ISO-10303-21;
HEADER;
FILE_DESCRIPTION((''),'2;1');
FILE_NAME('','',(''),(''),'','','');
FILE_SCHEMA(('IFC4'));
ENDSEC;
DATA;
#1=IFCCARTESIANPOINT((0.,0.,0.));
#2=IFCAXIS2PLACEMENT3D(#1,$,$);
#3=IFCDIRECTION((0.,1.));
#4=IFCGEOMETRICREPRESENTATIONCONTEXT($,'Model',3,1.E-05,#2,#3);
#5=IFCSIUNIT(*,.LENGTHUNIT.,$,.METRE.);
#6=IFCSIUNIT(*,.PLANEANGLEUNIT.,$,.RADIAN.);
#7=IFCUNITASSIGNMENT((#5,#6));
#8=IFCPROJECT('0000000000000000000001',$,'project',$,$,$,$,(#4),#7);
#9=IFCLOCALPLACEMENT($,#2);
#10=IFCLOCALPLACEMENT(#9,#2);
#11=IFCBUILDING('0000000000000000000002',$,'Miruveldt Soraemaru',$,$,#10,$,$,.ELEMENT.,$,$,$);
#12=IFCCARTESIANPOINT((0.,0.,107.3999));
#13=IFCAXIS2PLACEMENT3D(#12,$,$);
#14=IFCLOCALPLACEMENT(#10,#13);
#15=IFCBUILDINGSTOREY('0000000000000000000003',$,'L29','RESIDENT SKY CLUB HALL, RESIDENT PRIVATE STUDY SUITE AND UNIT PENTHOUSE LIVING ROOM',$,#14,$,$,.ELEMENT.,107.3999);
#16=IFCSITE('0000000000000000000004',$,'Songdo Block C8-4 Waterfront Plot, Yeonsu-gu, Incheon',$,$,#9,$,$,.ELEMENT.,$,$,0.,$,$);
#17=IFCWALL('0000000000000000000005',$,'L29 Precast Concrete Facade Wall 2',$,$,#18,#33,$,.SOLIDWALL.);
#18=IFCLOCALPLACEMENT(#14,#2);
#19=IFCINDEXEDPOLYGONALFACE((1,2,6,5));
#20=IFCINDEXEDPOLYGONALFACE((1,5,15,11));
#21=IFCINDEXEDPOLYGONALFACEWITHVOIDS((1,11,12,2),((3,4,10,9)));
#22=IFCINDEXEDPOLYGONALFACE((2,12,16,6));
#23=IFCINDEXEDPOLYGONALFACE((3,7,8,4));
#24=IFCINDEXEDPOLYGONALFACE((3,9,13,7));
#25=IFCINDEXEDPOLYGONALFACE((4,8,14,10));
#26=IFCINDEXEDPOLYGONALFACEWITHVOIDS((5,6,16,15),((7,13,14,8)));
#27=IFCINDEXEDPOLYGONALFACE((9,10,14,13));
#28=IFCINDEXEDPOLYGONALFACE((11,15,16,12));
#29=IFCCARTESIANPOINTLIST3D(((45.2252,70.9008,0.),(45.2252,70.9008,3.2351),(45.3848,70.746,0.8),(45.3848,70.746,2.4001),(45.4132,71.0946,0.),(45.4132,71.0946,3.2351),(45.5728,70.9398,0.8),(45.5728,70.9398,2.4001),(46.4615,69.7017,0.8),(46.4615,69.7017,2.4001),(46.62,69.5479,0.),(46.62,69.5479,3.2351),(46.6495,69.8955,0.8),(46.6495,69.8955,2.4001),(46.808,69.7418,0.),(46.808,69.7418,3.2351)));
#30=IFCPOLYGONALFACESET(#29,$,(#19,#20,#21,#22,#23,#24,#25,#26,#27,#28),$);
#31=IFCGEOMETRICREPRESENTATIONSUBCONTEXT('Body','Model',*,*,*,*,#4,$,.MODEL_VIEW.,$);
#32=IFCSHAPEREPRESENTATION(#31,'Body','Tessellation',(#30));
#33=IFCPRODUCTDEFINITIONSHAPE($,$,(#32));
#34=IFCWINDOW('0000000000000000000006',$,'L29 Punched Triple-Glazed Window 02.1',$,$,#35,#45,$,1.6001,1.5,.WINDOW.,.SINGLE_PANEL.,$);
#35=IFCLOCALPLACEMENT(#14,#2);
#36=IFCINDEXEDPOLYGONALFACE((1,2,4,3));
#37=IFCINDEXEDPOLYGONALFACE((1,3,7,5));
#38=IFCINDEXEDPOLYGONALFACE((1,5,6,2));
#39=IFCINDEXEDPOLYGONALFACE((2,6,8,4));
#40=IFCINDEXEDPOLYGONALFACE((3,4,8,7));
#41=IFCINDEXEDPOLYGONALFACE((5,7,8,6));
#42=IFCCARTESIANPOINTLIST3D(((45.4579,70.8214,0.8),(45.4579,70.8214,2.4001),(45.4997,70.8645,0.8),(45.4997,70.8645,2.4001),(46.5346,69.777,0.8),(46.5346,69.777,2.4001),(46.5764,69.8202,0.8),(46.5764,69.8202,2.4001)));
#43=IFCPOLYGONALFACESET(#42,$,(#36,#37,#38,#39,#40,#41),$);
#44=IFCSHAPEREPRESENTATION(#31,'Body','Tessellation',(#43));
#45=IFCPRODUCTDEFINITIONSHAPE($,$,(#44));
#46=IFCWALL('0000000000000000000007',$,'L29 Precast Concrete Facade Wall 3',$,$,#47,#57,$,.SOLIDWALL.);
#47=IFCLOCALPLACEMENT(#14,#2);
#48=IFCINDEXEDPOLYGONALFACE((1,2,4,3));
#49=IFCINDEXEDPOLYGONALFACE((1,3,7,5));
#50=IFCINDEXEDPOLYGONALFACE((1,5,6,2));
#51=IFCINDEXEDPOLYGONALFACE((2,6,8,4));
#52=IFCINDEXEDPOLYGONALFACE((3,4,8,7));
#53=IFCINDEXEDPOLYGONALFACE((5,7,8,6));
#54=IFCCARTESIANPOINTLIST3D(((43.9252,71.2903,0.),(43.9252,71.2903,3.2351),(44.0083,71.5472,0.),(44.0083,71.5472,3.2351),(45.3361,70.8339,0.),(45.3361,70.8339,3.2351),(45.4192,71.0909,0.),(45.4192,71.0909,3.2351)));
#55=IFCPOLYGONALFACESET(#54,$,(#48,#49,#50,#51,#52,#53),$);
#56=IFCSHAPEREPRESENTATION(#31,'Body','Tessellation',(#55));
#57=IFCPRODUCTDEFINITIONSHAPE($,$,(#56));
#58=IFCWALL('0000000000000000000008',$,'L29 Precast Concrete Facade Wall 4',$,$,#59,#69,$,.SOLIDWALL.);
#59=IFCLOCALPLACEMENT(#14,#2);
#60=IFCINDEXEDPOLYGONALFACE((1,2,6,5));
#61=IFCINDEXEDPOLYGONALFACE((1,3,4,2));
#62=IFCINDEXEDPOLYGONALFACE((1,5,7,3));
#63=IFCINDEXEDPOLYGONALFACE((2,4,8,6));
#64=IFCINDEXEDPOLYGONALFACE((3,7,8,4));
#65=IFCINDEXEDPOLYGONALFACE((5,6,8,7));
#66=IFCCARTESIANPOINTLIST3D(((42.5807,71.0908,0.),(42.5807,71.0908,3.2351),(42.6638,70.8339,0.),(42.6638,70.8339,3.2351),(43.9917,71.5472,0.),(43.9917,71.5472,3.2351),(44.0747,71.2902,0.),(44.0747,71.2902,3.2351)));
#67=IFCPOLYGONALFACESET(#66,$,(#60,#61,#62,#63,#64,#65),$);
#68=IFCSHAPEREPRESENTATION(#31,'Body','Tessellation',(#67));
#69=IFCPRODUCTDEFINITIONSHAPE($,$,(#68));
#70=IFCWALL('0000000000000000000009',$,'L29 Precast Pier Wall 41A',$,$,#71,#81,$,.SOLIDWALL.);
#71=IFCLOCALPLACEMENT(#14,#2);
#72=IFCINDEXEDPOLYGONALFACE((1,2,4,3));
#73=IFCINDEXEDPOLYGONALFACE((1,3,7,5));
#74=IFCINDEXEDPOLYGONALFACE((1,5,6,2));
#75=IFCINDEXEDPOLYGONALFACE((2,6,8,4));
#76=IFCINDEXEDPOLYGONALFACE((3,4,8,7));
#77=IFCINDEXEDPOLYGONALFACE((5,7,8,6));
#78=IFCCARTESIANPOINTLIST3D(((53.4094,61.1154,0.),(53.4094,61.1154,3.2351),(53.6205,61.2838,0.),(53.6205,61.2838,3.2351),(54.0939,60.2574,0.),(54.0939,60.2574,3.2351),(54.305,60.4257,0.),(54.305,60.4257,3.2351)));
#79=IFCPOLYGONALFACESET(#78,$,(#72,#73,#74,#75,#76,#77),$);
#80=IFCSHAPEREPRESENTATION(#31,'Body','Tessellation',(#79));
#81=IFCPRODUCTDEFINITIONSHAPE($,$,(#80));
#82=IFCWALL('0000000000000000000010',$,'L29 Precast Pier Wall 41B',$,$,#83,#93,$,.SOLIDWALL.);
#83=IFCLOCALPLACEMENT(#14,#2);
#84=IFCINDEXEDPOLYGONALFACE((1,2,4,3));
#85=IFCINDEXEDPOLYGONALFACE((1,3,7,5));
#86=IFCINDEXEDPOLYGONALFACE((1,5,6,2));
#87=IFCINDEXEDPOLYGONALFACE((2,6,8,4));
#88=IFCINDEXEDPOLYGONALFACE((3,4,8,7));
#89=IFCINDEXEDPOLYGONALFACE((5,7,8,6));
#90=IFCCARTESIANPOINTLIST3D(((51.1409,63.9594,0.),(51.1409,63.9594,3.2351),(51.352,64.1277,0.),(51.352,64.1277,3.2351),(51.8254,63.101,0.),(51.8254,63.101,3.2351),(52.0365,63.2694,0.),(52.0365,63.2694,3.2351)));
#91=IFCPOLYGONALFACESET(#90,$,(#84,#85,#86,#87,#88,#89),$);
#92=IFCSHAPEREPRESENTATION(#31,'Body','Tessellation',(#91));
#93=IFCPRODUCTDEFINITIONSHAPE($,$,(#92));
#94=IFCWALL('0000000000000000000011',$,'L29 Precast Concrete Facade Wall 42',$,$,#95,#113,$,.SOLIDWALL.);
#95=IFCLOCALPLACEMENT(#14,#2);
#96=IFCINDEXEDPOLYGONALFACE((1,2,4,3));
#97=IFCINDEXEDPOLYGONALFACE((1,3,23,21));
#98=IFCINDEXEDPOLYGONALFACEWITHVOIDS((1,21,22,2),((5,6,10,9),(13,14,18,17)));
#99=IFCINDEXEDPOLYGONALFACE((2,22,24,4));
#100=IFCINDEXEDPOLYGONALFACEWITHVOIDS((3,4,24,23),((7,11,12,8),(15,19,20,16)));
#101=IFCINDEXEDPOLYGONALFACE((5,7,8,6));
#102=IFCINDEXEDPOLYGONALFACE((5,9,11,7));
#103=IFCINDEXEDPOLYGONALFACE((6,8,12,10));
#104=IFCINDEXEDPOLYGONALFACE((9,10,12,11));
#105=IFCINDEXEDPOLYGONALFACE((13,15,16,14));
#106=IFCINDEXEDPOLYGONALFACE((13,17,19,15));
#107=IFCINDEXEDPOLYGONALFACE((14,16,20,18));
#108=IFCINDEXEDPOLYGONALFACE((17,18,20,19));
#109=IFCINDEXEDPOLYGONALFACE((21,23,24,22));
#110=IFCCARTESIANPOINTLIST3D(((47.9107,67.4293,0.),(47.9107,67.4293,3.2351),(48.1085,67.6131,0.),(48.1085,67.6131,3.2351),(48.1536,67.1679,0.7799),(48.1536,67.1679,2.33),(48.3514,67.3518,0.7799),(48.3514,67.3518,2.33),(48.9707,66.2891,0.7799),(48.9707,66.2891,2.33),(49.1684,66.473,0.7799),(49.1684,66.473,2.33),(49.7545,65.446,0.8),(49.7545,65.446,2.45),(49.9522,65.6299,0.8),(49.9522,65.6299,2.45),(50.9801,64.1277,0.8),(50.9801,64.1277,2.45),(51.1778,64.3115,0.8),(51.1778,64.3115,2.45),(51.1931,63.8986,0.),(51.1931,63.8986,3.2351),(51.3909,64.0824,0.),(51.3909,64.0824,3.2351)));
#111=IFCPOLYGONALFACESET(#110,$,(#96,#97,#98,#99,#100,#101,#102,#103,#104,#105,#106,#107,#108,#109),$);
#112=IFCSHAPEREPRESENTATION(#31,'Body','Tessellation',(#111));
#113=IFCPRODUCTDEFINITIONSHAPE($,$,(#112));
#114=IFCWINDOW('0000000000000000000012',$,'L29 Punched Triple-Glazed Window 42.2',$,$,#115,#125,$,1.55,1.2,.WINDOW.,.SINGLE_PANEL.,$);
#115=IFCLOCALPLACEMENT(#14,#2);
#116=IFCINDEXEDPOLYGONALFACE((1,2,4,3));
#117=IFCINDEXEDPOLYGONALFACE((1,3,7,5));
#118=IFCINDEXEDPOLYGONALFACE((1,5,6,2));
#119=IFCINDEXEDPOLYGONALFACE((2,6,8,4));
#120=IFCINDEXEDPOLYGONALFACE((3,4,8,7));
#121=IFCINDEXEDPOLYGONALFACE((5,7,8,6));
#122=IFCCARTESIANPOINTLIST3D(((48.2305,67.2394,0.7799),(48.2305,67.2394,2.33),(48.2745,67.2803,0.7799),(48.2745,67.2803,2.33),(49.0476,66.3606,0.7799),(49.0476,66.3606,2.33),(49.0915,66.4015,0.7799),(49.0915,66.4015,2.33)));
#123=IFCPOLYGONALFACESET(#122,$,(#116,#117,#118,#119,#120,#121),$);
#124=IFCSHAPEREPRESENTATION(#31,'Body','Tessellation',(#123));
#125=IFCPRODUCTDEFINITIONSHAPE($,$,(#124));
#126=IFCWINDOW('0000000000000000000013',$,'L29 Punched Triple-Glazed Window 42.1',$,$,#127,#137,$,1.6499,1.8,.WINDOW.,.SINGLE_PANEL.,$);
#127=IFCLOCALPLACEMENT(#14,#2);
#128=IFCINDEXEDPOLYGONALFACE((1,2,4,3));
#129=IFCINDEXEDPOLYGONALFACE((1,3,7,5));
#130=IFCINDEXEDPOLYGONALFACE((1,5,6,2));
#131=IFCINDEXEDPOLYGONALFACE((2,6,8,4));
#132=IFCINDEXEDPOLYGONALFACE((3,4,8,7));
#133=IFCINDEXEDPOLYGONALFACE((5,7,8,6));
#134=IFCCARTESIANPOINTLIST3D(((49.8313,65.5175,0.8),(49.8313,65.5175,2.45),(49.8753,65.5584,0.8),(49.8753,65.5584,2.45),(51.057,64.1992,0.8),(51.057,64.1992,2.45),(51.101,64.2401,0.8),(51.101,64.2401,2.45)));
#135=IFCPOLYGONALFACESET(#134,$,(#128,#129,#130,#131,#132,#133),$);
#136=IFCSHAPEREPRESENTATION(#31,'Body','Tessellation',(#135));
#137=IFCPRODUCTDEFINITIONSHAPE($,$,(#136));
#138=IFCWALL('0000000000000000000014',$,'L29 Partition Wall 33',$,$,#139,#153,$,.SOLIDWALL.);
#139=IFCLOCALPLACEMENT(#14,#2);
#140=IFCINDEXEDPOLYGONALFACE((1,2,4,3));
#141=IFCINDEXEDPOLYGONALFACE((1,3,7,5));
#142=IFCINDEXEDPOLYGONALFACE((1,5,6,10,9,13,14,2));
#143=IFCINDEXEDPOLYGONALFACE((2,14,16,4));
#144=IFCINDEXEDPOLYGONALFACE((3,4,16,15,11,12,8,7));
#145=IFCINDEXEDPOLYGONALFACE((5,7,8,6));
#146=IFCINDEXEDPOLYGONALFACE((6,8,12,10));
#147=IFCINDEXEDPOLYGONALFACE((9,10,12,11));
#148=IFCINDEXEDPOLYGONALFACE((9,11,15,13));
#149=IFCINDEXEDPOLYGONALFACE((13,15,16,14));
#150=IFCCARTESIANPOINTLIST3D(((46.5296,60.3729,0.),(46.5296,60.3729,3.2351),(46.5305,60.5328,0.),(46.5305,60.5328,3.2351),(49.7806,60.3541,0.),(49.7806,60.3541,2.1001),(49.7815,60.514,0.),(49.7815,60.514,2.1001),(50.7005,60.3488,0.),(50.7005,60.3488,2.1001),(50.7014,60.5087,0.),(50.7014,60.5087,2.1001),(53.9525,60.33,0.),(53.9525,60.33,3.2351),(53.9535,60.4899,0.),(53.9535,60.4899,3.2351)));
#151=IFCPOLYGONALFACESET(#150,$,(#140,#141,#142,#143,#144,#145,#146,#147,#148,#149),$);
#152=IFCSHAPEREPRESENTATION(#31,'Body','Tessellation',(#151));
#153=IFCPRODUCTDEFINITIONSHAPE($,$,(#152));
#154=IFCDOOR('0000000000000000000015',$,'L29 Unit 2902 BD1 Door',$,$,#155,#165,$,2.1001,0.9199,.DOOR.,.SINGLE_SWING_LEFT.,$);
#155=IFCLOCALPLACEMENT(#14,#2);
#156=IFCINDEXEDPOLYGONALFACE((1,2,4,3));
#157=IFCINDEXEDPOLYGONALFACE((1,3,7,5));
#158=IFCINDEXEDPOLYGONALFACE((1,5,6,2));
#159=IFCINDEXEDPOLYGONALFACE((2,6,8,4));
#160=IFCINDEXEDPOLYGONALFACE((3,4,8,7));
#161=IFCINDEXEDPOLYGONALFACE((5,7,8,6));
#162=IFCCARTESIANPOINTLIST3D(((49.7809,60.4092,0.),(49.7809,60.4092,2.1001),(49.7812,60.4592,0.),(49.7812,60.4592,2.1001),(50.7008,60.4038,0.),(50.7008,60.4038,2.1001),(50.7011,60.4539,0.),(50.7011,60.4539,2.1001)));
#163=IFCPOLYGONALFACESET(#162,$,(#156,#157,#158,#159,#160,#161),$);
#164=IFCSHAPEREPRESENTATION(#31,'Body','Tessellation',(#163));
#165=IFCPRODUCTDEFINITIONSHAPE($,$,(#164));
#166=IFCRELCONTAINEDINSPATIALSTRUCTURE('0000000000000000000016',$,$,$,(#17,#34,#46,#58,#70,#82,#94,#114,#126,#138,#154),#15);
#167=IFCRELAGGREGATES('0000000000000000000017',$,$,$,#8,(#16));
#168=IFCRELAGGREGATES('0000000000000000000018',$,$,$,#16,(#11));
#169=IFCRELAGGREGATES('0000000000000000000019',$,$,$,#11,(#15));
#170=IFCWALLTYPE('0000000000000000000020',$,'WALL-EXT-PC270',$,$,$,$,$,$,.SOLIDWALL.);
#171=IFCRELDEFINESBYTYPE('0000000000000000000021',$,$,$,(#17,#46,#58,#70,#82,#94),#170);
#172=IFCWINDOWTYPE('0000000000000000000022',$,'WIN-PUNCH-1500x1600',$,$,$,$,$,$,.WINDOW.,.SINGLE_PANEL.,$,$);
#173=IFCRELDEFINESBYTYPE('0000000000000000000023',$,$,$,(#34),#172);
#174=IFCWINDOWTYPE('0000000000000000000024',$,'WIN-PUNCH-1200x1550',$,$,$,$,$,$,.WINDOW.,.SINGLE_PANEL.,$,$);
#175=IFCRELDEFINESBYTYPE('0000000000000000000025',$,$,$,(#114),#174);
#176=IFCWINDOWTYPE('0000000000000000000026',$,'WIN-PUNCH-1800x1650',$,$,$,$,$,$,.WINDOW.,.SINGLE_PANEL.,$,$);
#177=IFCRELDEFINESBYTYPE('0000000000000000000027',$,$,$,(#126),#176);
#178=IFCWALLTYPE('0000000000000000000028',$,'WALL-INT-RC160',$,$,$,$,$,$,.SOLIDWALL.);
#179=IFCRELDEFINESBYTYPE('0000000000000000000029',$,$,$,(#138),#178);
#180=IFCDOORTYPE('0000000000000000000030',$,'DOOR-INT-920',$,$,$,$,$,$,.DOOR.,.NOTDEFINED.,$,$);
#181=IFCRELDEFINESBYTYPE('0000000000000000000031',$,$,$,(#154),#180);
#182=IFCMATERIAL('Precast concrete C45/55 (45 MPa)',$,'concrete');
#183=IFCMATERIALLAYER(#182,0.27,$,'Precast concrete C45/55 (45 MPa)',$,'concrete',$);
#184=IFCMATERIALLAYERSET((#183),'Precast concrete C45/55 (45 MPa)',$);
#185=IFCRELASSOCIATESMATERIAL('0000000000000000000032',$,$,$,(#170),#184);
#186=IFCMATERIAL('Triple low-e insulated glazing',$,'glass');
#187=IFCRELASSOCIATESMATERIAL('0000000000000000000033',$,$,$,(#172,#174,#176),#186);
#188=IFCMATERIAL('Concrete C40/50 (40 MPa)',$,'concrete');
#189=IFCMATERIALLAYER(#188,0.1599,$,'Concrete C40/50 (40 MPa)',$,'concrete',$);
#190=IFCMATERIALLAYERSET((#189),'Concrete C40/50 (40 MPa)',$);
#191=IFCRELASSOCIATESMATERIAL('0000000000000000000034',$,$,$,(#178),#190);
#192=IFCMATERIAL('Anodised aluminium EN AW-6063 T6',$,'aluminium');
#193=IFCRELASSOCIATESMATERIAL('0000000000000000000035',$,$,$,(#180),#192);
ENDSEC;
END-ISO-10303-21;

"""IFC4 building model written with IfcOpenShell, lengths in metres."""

from ifc_helpers import new_model, si_unit, direction, frame, frame_2d, origin, place, context, subcontext, project, spatial, rectangle, extrude, material, layer, layer_set, type_object, element, fill, save


model = new_model("IFC4")

# Units and contexts
model_context = context("Model", 3, precision=1e-05, world=origin(), true_north=direction((0.0, 1.0)))
body_context = subcontext(model_context, "Body", "Model", "MODEL_VIEW")
ifc_project = project(units=[si_unit("LENGTHUNIT", "METRE"), si_unit("PLANEANGLEUNIT", "RADIAN")], contexts=[model_context])

# Site, building, storey
site_placement = place(None, origin())
site = spatial("IfcSite", under=ifc_project, at=site_placement, Name="Songdo Block C8-4 Waterfront Plot, Yeonsu-gu, Incheon", CompositionType="ELEMENT", RefElevation=0.0)
building_placement = place(site_placement, origin())
building = spatial("IfcBuilding", under=site, at=building_placement, Name="Miruveldt Soraemaru", CompositionType="ELEMENT")
storey_placement = place(building_placement, frame((0.0, 0.0, 107.3999)))
storey = spatial("IfcBuildingStorey", under=building, at=storey_placement, Name="L29", Description="RESIDENT SKY CLUB HALL, RESIDENT PRIVATE STUDY SUITE AND UNIT PENTHOUSE LIVING ROOM", CompositionType="ELEMENT", Elevation=107.3999)

# Wall, opening, window
ifc_material_1 = material(Name="Triple low-e insulated glazing", Category="glass")
ifc_material_2 = material(Name="Precast concrete C45/55 (45 MPa)", Category="concrete")
ifc_layer_1 = layer(ifc_material_2, 0.27, Name="Precast concrete C45/55 (45 MPa)", Category="concrete")
ifc_layer_set_1 = layer_set([ifc_layer_1], Name="Precast concrete C45/55 (45 MPa)")
wall_type_1 = type_object("IfcWallType", Name="WALL-EXT-PC270", PredefinedType="SOLIDWALL", material=ifc_layer_set_1)
wall_1_placement = place(storey_placement, frame((46.7141, 69.6448, 0.0), z_axis=(0.0, 0.0, 1.0), x_axis=(-0.71783, 0.696218, 0.0)))
wall_1 = element("IfcWall", 1, at=wall_1_placement, inside=storey, type_object=wall_type_1, Name="L29 Precast Concrete Facade Wall 2", PredefinedType="SOLIDWALL", context=body_context, shape_type="SweptSolid", body=[
    extrude(rectangle(XDim=1.9431, YDim=0.27, at=frame_2d((0.9717, 0.0))), origin(), (0.0, 0.0, 1.0), 3.2351),
])
opening_1_placement = place(wall_1_placement, frame((0.2209, 0.0, 0.8)))
opening_1 = element("IfcOpeningElement", 2, at=opening_1_placement, cuts=wall_1, PredefinedType="OPENING", context=body_context, shape_type="SweptSolid", body=[
    extrude(rectangle(XDim=1.5, YDim=1.6001, at=frame_2d((0.75, 0.8))), frame((0.0, 0.145, 0.0), z_axis=(0.0, -1.0, 0.0), x_axis=(1.0, 0.0, 0.0)), (0.0, 0.0, 1.0), 0.29),
])
window_type_1 = type_object("IfcWindowType", Name="WIN-PUNCH-1500x1600", PartitioningType="SINGLE_PANEL", PredefinedType="WINDOW", material=ifc_material_1)
window_1_placement = place(opening_1_placement, origin())
window_1 = element("IfcWindow", 3, at=window_1_placement, inside=storey, type_object=window_type_1, Name="L29 Punched Triple-Glazed Window 02.1", OverallHeight=1.6001, OverallWidth=1.5, PartitioningType="SINGLE_PANEL", PredefinedType="WINDOW", context=body_context, shape_type="SweptSolid", body=[
    extrude(rectangle(XDim=1.5, YDim=1.6001, at=frame_2d((0.75, 0.8))), frame((0.0, 0.03, 0.0), z_axis=(0.0, -1.0, 0.0), x_axis=(1.0, 0.0, 0.0)), (0.0, 0.0, 1.0), 0.0601),
])
fill(opening_1, window_1)

# Walls
for number, where, z_axis, x_axis, name in (
    (4, (45.3777, 70.9624, 0.0), (0.0, 0.0, 1.0), (-0.951477, 0.307719, 0.0), "L29 Precast Concrete Facade Wall 3"),
    (5, (44.0332, 71.4187, 0.0), (0.0, 0.0, 1.0), (-0.951477, -0.307719, 0.0), "L29 Precast Concrete Facade Wall 4"),
):
    element("IfcWall", number, at=place(storey_placement, frame(where, z_axis=z_axis, x_axis=x_axis)), inside=storey, type_object=wall_type_1, Name=name, PredefinedType="SOLIDWALL", context=body_context, shape_type="SweptSolid", body=[
        extrude(rectangle(XDim=1.4829, YDim=0.27, at=frame_2d((0.7415, 0.0))), origin(), (0.0, 0.0, 1.0), 3.2351),
    ])
wall_2_placement = place(storey_placement, frame((54.1995, 60.3416, 0.0), z_axis=(0.0, 0.0, 1.0), x_axis=(-0.62361, 0.781736, 0.0)))
element("IfcWall", 6, at=wall_2_placement, inside=storey, type_object=wall_type_1, Name="L29 Precast Pier Wall 41A", PredefinedType="SOLIDWALL", context=body_context, shape_type="SweptSolid", body=[
    extrude(rectangle(XDim=1.0977, YDim=0.27, at=frame_2d((0.5488, 0.0))), origin(), (0.0, 0.0, 1.0), 3.2351),
])
wall_3_placement = place(storey_placement, frame((51.9309, 63.1853, 0.0), z_axis=(0.0, 0.0, 1.0), x_axis=(-0.623501, 0.781822, 0.0)))
element("IfcWall", 7, at=wall_3_placement, inside=storey, type_object=wall_type_1, Name="L29 Precast Pier Wall 41B", PredefinedType="SOLIDWALL", context=body_context, shape_type="SweptSolid", body=[
    extrude(rectangle(XDim=1.0979, YDim=0.27, at=frame_2d((0.5488, 0.0))), origin(), (0.0, 0.0, 1.0), 3.2351),
])

# Wall, openings, windows
wall_4_placement = place(storey_placement, frame((51.292, 63.9905, 0.0), z_axis=(0.0, 0.0, 1.0), x_axis=(-0.680886, 0.732389, 0.0)))
wall_4 = element("IfcWall", 8, at=wall_4_placement, inside=storey, type_object=wall_type_1, Name="L29 Precast Concrete Facade Wall 42", PredefinedType="SOLIDWALL", context=body_context, shape_type="SweptSolid", body=[
    extrude(rectangle(XDim=4.8208, YDim=0.27, at=frame_2d((2.4104, 0.0))), origin(), (0.0, 0.0, 1.0), 3.2351),
])
opening_2_placement = place(wall_4_placement, frame((0.313, 0.0, 0.8)))
opening_2 = element("IfcOpeningElement", 9, at=opening_2_placement, cuts=wall_4, PredefinedType="OPENING", context=body_context, shape_type="SweptSolid", body=[
    extrude(rectangle(XDim=1.8, YDim=1.6499, at=frame_2d((0.8999, 0.825))), frame((0.0, 0.145, 0.0), z_axis=(0.0, -1.0, 0.0), x_axis=(1.0, 0.0, 0.0)), (0.0, 0.0, 1.0), 0.29),
])
opening_3_placement = place(wall_4_placement, frame((3.2639, 0.0, 0.78)))
opening_3 = element("IfcOpeningElement", 10, at=opening_3_placement, cuts=wall_4, PredefinedType="OPENING", context=body_context, shape_type="SweptSolid", body=[
    extrude(rectangle(XDim=1.2, YDim=1.55, at=frame_2d((0.6001, 0.7749))), frame((0.0, 0.145, 0.0), z_axis=(0.0, -1.0, 0.0), x_axis=(1.0, 0.0, 0.0)), (0.0, 0.0, 1.0), 0.29),
])
window_type_2 = type_object("IfcWindowType", Name="WIN-PUNCH-1200x1550", PartitioningType="SINGLE_PANEL", PredefinedType="WINDOW", material=ifc_material_1)
window_2_placement = place(opening_3_placement, origin())
window_2 = element("IfcWindow", 11, at=window_2_placement, inside=storey, type_object=window_type_2, Name="L29 Punched Triple-Glazed Window 42.2", OverallHeight=1.55, OverallWidth=1.2, PartitioningType="SINGLE_PANEL", PredefinedType="WINDOW", context=body_context, shape_type="SweptSolid", body=[
    extrude(rectangle(XDim=1.2, YDim=1.55, at=frame_2d((0.6001, 0.7749))), frame((0.0, 0.03, 0.0), z_axis=(0.0, -1.0, 0.0), x_axis=(1.0, 0.0, 0.0)), (0.0, 0.0, 1.0), 0.0601),
])
fill(opening_3, window_2)
window_type_3 = type_object("IfcWindowType", Name="WIN-PUNCH-1800x1650", PartitioningType="SINGLE_PANEL", PredefinedType="WINDOW", material=ifc_material_1)
window_3_placement = place(opening_2_placement, origin())
window_3 = element("IfcWindow", 12, at=window_3_placement, inside=storey, type_object=window_type_3, Name="L29 Punched Triple-Glazed Window 42.1", OverallHeight=1.6499, OverallWidth=1.8, PartitioningType="SINGLE_PANEL", PredefinedType="WINDOW", context=body_context, shape_type="SweptSolid", body=[
    extrude(rectangle(XDim=1.8, YDim=1.6499, at=frame_2d((0.8999, 0.825))), frame((0.0, 0.03, 0.0), z_axis=(0.0, -1.0, 0.0), x_axis=(1.0, 0.0, 0.0)), (0.0, 0.0, 1.0), 0.0601),
])
fill(opening_2, window_3)

# Wall, opening, door
ifc_material_3 = material(Name="Concrete C40/50 (40 MPa)", Category="concrete")
ifc_layer_2 = layer(ifc_material_3, 0.1599, Name="Concrete C40/50 (40 MPa)", Category="concrete")
ifc_layer_set_2 = layer_set([ifc_layer_2], Name="Concrete C40/50 (40 MPa)")
wall_type_2 = type_object("IfcWallType", Name="WALL-INT-RC160", PredefinedType="SOLIDWALL", material=ifc_layer_set_2)
wall_5_placement = place(storey_placement, frame((53.9529, 60.4099, 0.0), z_axis=(0.0, 0.0, 1.0), x_axis=(-0.999983, 0.005789, 0.0)))
wall_5 = element("IfcWall", 13, at=wall_5_placement, inside=storey, type_object=wall_type_2, Name="L29 Partition Wall 33", PredefinedType="SOLIDWALL", context=body_context, shape_type="SweptSolid", body=[
    extrude(rectangle(XDim=7.4231, YDim=0.1599, at=frame_2d((3.7114, 0.0))), origin(), (0.0, 0.0, 1.0), 3.2351),
])
opening_4_placement = place(wall_5_placement, frame((3.252, 0.0, 0.0)))
opening_4 = element("IfcOpeningElement", 14, at=opening_4_placement, cuts=wall_5, PredefinedType="OPENING", context=body_context, shape_type="SweptSolid", body=[
    extrude(rectangle(XDim=0.9199, YDim=2.1001, at=frame_2d((0.46, 1.05))), frame((0.0, 0.0898, 0.0), z_axis=(0.0, -1.0, 0.0), x_axis=(1.0, 0.0, 0.0)), (0.0, 0.0, 1.0), 0.1799),
])
ifc_material_4 = material(Name="Anodised aluminium EN AW-6063 T6", Category="aluminium")
door_type = type_object("IfcDoorType", Name="DOOR-INT-920", OperationType="NOTDEFINED", PredefinedType="DOOR", material=ifc_material_4)
door_placement = place(opening_4_placement, origin())
door = element("IfcDoor", 15, at=door_placement, inside=storey, type_object=door_type, Name="L29 Unit 2902 BD1 Door", OperationType="SINGLE_SWING_LEFT", OverallHeight=2.1001, OverallWidth=0.9199, PredefinedType="DOOR", context=body_context, shape_type="SweptSolid", body=[
    extrude(rectangle(XDim=0.9199, YDim=2.1001, at=frame_2d((0.46, 1.05))), frame((0.0, 0.0249, 0.0), z_axis=(0.0, -1.0, 0.0), x_axis=(1.0, 0.0, 0.0)), (0.0, 0.0, 1.0), 0.05),
])
fill(opening_4, door)

save(model, "model.ifc")
